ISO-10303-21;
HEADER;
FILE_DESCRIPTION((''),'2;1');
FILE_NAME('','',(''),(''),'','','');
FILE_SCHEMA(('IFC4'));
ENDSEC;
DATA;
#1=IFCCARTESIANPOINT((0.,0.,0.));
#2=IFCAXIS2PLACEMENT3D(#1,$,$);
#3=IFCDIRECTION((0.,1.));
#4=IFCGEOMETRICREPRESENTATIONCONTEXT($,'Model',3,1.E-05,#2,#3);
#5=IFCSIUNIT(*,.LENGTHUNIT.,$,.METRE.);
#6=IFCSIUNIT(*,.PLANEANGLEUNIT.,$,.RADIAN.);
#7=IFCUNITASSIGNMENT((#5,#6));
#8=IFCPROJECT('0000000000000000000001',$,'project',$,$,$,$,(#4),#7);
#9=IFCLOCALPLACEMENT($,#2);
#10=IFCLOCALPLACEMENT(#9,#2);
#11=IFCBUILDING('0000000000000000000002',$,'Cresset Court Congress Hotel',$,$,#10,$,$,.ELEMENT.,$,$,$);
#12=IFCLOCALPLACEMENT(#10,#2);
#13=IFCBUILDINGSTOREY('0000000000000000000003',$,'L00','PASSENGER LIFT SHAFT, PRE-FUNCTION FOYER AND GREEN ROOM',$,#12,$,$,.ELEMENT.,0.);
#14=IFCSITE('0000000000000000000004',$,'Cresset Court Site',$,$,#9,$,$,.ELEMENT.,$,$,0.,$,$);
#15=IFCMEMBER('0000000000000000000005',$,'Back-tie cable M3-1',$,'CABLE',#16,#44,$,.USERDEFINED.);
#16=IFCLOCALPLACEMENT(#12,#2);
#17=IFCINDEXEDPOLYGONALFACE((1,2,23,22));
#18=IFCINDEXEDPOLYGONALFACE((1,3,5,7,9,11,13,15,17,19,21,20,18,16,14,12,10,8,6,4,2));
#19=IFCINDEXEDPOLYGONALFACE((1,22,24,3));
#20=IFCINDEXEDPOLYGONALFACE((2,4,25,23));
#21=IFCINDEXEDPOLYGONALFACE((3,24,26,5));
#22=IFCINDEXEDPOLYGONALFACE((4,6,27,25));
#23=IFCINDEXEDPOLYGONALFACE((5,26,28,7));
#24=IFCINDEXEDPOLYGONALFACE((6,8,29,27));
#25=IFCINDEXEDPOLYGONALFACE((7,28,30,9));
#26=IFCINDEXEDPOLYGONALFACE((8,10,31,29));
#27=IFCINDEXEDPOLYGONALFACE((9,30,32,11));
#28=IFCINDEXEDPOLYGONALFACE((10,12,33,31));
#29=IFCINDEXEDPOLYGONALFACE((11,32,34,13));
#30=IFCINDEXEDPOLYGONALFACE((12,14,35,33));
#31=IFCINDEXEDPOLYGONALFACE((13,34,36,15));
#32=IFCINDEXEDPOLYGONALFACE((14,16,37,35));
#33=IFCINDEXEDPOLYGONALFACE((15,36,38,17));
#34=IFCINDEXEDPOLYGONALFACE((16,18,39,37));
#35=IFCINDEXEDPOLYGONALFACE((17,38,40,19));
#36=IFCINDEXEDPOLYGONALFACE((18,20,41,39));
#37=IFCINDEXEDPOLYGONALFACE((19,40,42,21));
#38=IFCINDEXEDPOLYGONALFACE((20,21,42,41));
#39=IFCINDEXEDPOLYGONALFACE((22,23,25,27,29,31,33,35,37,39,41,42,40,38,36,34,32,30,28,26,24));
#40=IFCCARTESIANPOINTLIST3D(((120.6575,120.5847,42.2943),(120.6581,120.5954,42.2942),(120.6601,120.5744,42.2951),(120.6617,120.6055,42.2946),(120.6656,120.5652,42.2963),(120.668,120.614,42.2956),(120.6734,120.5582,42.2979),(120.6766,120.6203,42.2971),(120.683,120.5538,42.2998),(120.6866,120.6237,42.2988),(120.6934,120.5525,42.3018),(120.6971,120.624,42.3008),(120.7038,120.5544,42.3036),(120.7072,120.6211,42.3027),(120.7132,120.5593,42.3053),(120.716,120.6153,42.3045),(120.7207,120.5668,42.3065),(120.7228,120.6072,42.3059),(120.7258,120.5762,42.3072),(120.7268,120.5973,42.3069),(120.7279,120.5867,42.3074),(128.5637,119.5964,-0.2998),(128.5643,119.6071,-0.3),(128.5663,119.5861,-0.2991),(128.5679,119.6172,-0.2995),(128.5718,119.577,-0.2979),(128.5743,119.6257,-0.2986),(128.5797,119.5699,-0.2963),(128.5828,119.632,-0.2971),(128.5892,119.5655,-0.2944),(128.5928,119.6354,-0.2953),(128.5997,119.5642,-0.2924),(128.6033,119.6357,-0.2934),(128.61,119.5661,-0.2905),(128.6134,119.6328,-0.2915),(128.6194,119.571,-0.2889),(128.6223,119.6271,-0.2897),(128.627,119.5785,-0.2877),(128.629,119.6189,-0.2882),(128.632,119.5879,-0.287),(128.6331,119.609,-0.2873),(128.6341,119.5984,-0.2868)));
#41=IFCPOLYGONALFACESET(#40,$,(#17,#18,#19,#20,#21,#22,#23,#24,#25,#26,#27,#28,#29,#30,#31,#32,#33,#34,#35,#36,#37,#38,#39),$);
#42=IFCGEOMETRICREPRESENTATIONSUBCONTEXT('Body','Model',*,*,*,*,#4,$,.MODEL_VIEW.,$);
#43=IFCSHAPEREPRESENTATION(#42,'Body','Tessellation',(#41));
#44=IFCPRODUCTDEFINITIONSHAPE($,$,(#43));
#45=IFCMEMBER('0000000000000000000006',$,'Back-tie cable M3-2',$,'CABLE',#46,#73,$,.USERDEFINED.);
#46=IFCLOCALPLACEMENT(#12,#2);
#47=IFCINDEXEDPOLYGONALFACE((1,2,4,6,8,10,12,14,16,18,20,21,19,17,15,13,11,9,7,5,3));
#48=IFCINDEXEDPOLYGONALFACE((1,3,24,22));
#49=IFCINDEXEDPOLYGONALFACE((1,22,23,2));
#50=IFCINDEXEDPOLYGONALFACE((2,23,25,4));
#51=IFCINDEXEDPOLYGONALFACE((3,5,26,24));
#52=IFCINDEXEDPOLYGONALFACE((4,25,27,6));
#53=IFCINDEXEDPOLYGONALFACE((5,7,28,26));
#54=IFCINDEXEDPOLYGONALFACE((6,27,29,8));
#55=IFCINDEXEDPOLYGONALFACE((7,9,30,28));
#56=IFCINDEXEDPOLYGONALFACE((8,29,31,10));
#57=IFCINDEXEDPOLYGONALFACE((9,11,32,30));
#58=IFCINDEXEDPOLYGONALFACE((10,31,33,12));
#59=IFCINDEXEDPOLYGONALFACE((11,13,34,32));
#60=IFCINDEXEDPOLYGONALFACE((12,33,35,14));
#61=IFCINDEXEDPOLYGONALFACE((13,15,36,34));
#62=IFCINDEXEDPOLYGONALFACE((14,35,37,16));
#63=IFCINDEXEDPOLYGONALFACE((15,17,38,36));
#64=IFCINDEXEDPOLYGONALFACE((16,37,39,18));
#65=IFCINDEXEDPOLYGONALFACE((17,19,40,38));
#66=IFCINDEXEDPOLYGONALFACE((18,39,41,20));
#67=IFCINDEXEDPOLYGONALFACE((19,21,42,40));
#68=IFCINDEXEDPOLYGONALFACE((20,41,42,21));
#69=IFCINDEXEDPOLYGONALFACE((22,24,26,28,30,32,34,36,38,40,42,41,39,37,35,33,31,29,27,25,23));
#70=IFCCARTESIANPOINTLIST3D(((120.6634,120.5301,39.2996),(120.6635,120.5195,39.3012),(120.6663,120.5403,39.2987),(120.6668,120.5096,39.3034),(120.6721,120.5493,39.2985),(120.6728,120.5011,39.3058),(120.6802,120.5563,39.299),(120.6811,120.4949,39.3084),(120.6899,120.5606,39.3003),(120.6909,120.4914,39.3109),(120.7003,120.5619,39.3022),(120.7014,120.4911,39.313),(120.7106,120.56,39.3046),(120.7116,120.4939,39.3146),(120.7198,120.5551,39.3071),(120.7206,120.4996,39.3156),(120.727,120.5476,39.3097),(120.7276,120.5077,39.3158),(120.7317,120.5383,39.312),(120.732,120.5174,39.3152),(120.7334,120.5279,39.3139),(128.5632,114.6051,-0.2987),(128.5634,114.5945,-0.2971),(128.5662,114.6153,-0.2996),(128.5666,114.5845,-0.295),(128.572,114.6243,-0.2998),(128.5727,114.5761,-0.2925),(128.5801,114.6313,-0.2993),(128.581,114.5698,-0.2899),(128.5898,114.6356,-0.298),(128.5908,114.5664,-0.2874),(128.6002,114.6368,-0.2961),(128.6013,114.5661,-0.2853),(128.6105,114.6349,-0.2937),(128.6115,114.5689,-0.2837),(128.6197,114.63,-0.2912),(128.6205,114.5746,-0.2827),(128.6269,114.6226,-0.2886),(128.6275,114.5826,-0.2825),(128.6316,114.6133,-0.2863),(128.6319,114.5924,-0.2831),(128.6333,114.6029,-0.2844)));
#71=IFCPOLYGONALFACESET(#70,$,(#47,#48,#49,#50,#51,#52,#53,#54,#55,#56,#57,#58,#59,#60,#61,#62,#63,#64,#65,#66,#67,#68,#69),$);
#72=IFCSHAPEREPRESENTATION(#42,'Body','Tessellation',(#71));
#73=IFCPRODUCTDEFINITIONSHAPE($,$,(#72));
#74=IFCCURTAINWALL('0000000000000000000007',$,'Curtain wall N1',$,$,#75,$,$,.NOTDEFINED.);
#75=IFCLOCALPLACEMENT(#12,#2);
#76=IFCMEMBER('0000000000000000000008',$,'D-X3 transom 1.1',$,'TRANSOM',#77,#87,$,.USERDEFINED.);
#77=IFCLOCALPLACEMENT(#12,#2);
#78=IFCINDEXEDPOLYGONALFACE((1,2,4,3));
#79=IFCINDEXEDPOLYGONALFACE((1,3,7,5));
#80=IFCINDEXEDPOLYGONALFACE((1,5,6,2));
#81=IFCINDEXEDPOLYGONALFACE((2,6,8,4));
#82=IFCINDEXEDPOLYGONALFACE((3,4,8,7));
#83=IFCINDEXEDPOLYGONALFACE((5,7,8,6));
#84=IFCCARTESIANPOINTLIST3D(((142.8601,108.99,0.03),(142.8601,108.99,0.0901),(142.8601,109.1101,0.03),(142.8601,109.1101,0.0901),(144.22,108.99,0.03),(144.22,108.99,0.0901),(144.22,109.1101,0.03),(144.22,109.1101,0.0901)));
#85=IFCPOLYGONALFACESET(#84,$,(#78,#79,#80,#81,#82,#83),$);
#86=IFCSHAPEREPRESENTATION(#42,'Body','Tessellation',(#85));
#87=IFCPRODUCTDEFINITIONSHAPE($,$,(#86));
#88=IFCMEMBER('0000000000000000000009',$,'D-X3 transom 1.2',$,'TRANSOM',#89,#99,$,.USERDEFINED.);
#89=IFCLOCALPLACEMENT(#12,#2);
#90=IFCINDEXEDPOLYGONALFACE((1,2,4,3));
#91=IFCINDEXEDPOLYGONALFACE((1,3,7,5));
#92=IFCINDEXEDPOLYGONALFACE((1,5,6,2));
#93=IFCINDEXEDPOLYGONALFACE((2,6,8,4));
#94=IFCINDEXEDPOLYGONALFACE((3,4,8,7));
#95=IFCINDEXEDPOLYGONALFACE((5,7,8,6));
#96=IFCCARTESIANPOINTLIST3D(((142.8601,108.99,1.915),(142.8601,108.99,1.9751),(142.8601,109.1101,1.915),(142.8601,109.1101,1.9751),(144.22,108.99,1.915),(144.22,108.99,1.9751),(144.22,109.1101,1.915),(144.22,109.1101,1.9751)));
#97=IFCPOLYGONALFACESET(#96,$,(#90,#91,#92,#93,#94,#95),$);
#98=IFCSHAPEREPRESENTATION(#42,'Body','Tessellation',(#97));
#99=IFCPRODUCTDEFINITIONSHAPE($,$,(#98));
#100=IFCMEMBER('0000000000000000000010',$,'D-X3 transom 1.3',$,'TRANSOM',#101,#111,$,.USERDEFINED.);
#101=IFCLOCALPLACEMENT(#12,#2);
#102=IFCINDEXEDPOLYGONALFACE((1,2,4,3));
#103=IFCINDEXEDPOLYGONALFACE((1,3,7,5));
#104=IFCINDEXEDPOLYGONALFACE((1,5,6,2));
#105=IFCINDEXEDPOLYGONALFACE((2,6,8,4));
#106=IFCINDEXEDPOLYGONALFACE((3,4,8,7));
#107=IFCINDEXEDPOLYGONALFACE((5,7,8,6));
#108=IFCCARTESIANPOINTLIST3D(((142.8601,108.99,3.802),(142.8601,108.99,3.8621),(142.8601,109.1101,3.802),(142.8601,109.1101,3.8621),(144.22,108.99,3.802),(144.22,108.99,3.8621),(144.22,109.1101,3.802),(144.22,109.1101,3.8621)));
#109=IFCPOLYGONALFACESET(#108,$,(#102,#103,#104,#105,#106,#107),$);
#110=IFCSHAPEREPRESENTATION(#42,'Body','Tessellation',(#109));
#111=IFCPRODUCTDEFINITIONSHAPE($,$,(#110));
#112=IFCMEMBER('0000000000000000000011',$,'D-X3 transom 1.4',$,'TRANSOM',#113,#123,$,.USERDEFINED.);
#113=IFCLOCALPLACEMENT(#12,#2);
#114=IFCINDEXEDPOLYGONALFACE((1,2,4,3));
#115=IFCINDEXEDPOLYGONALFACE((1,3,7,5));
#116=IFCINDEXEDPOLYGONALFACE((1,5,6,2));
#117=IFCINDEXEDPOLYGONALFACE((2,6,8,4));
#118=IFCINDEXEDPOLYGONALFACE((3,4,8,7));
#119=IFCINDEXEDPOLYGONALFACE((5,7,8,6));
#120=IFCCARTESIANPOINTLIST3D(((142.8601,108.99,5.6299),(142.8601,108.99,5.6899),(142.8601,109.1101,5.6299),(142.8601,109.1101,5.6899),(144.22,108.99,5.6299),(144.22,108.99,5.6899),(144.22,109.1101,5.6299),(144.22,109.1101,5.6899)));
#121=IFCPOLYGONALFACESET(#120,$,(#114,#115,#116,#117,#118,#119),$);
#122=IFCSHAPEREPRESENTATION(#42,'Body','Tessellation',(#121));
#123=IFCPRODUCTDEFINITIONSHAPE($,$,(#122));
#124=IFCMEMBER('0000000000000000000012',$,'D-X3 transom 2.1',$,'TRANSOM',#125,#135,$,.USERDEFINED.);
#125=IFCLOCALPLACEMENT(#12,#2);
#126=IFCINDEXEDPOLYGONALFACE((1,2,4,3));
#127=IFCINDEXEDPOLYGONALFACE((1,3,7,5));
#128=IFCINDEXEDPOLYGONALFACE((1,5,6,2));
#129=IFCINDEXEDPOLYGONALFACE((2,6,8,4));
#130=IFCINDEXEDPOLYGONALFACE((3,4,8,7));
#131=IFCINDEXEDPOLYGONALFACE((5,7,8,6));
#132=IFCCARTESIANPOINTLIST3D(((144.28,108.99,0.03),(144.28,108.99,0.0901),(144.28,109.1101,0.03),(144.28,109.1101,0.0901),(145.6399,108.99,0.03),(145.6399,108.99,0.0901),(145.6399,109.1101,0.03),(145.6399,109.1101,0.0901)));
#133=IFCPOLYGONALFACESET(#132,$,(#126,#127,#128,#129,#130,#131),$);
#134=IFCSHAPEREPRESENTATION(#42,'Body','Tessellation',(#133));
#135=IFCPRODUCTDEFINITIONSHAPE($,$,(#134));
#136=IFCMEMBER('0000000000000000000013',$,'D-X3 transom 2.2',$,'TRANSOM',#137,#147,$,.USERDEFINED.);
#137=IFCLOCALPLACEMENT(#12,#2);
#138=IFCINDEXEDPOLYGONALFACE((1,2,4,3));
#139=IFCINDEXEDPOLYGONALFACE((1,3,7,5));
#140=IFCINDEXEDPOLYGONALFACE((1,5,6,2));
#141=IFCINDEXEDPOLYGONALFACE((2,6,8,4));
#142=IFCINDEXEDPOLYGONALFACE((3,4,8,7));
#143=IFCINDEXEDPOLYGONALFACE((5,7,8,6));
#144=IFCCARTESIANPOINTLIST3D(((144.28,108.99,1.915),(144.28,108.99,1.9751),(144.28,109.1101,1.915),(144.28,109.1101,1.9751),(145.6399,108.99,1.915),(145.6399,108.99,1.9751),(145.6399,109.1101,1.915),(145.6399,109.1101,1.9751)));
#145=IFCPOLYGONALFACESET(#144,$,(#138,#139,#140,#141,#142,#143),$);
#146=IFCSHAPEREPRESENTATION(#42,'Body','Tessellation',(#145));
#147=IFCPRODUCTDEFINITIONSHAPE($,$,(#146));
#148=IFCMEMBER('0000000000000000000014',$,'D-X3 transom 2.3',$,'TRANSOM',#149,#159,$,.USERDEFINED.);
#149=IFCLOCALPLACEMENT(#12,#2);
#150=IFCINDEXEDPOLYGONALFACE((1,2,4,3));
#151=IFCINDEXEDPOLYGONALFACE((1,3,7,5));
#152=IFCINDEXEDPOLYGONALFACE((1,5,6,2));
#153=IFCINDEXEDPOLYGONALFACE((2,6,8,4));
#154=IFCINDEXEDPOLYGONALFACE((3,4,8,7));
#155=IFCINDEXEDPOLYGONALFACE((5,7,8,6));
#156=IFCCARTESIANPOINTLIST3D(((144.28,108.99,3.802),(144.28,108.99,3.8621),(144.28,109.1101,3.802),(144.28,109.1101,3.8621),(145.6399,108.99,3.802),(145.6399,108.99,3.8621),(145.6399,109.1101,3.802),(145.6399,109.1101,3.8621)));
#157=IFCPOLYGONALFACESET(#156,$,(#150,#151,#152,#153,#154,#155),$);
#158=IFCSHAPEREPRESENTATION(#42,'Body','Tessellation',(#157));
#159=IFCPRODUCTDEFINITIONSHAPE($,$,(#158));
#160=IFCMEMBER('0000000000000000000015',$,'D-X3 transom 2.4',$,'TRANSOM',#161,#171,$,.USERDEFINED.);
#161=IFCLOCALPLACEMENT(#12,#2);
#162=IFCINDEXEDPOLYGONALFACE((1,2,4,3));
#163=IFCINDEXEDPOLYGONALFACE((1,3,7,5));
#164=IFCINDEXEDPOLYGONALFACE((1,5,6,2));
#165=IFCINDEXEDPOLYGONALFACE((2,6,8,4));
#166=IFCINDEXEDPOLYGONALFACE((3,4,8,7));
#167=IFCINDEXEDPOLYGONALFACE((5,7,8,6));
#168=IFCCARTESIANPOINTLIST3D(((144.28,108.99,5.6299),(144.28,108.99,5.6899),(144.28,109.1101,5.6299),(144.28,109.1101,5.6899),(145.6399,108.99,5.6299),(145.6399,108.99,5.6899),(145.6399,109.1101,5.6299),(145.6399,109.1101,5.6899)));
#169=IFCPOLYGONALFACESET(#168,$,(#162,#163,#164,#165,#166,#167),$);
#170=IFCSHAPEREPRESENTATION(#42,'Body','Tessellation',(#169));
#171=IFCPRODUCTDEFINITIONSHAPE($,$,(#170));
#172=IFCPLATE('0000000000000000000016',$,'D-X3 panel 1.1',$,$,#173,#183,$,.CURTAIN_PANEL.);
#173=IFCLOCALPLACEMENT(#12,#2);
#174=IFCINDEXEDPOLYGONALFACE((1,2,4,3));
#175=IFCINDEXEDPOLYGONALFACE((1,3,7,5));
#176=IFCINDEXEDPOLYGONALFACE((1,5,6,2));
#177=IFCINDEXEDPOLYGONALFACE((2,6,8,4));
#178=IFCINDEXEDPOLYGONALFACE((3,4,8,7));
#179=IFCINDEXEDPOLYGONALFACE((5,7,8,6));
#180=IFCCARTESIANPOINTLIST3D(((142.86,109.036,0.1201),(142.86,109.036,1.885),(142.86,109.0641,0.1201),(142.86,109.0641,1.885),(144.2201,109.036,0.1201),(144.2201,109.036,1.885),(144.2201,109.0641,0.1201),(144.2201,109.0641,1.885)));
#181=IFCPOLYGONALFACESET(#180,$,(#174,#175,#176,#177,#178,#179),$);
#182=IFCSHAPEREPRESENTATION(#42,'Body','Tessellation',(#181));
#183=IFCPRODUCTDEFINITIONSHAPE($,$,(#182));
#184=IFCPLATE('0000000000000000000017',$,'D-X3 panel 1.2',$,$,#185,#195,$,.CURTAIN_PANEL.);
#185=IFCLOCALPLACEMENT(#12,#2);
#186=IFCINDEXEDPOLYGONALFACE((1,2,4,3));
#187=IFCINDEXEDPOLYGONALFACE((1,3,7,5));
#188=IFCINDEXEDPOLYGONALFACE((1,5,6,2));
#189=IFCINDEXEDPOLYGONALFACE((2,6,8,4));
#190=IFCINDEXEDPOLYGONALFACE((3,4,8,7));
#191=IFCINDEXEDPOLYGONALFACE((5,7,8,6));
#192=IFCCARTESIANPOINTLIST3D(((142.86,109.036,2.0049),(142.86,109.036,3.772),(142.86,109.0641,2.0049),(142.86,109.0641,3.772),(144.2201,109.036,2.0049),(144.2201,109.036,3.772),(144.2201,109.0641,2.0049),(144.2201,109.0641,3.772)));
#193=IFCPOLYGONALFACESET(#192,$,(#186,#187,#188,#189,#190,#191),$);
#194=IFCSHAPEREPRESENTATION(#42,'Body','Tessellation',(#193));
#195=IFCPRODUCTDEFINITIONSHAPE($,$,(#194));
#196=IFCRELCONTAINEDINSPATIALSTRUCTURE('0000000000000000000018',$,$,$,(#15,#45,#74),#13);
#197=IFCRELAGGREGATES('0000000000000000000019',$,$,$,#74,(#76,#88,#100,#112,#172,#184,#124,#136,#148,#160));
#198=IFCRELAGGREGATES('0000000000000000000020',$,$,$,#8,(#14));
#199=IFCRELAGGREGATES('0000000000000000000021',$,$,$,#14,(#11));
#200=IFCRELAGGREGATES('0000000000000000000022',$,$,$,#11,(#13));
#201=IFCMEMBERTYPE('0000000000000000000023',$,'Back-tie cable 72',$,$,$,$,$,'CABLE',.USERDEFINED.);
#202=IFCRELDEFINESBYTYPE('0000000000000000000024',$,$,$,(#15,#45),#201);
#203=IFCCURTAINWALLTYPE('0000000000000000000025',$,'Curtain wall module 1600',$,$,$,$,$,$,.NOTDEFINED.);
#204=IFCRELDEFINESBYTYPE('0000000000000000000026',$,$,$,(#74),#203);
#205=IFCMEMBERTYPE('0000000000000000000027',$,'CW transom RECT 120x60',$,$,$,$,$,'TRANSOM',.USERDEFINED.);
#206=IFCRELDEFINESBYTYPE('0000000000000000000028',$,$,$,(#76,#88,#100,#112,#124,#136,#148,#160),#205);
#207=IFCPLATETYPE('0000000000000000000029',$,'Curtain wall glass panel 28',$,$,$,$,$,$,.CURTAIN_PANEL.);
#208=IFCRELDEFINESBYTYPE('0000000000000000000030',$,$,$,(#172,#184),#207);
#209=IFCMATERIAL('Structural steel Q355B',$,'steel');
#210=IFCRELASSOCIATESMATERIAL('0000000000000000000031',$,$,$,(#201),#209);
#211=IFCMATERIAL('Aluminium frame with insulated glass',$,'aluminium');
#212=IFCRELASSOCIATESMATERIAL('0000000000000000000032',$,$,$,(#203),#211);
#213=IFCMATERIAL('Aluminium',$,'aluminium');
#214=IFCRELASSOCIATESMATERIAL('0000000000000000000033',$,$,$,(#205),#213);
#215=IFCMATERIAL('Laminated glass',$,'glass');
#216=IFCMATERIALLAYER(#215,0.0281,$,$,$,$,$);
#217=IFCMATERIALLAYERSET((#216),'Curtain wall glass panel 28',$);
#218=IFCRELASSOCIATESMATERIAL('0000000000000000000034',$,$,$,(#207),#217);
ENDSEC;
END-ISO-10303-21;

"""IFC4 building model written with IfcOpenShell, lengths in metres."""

from ifc_helpers import new_model, si_unit, direction, frame, origin, origin_2d, place, context, subcontext, project, spatial, rectangle, circle, extrude, material, layer, layer_set, material_profile, profile_set, type_object, element, aggregate, save


model = new_model("IFC4")

# Units and contexts
model_context = context("Model", 3, precision=1e-05, world=origin(), true_north=direction((0.0, 1.0)))
body_context = subcontext(model_context, "Body", "Model", "MODEL_VIEW")
ifc_project = project(units=[si_unit("LENGTHUNIT", "METRE"), si_unit("PLANEANGLEUNIT", "RADIAN")], contexts=[model_context])

# Site, building, storey
site_placement = place(None, origin())
site = spatial("IfcSite", under=ifc_project, at=site_placement, Name="Cresset Court Site", CompositionType="ELEMENT", RefElevation=0.0)
building_placement = place(site_placement, origin())
building = spatial("IfcBuilding", under=site, at=building_placement, Name="Cresset Court Congress Hotel", CompositionType="ELEMENT")
storey_placement = place(building_placement, origin())
storey = spatial("IfcBuildingStorey", under=building, at=storey_placement, Name="L00", Description="PASSENGER LIFT SHAFT, PRE-FUNCTION FOYER AND GREEN ROOM", CompositionType="ELEMENT", Elevation=0.0)

# Members
ifc_material_1 = material(Name="Structural steel Q355B", Category="steel")
ifc_material_profile_1 = material_profile(ifc_material_1, circle(Radius=0.0359, at=origin_2d()), Name="CABLE72")
ifc_profile_set_1 = profile_set([ifc_material_profile_1], Name="Structural steel Q355B")
member_type_1 = type_object("IfcMemberType", Name="Back-tie cable 72", ElementType="CABLE", PredefinedType="USERDEFINED", material=ifc_profile_set_1)
member_1_placement = place(storey_placement, frame((120.6926, 120.5884, 42.3008), z_axis=(0.182453, -0.022807, -0.98295), x_axis=(0.124035, 0.992278, 0.0)))
element("IfcMember", 1, at=member_1_placement, inside=storey, type_object=member_type_1, Name="Back-tie cable M3-1", ObjectType="CABLE", PredefinedType="USERDEFINED", context=body_context, shape_type="SweptSolid", body=[
    extrude(circle(Radius=0.0359, at=origin_2d()), origin(), (0.0, 0.0, 1.0), 43.333),
])
member_2_placement = place(storey_placement, frame((120.6982, 120.5264, 39.3071), z_axis=(0.193572, -0.145182, -0.970284), x_axis=(0.600008, 0.799994, 0.0)))
element("IfcMember", 2, at=member_2_placement, inside=storey, type_object=member_type_1, Name="Back-tie cable M3-2", ObjectType="CABLE", PredefinedType="USERDEFINED", context=body_context, shape_type="SweptSolid", body=[
    extrude(circle(Radius=0.0359, at=origin_2d()), origin(), (0.0, 0.0, 1.0), 40.811),
])

# Curtain wall, members, plates
ifc_material_2 = material(Name="Aluminium frame with insulated glass", Category="aluminium")
curtain_wall_type = type_object("IfcCurtainWallType", Name="Curtain wall module 1600", PredefinedType="NOTDEFINED", material=ifc_material_2)
curtain_wall_placement = place(storey_placement, origin())
curtain_wall = element("IfcCurtainWall", 3, at=curtain_wall_placement, inside=storey, type_object=curtain_wall_type, Name="Curtain wall N1", PredefinedType="NOTDEFINED")
ifc_material_3 = material(Name="Aluminium", Category="aluminium")
ifc_material_profile_2 = material_profile(ifc_material_3, rectangle(XDim=0.1201, YDim=0.0601, at=origin_2d()), Name="AL 120x60")
ifc_profile_set_2 = profile_set([ifc_material_profile_2], Name="Aluminium")
member_type_2 = type_object("IfcMemberType", Name="CW transom RECT 120x60", ElementType="TRANSOM", PredefinedType="USERDEFINED", material=ifc_profile_set_2)
member_3_placement = place(storey_placement, frame((142.8601, 109.05, 0.0601), z_axis=(1.0, 0.0, 0.0), x_axis=(0.0, 1.0, 0.0)))
member_3 = element("IfcMember", 4, at=member_3_placement, type_object=member_type_2, Name="D-X3 transom 1.1", ObjectType="TRANSOM", PredefinedType="USERDEFINED", context=body_context, shape_type="SweptSolid", body=[
    extrude(rectangle(XDim=0.1201, YDim=0.0601, at=origin_2d()), origin(), (0.0, 0.0, 1.0), 1.3599),
])
member_4_placement = place(storey_placement, frame((142.8601, 109.05, 1.9451), z_axis=(1.0, 0.0, 0.0), x_axis=(0.0, 1.0, 0.0)))
member_4 = element("IfcMember", 5, at=member_4_placement, type_object=member_type_2, Name="D-X3 transom 1.2", ObjectType="TRANSOM", PredefinedType="USERDEFINED", context=body_context, shape_type="SweptSolid", body=[
    extrude(rectangle(XDim=0.1201, YDim=0.0601, at=origin_2d()), origin(), (0.0, 0.0, 1.0), 1.3599),
])
member_5_placement = place(storey_placement, frame((142.8601, 109.05, 3.832), z_axis=(1.0, 0.0, 0.0), x_axis=(0.0, 1.0, 0.0)))
member_5 = element("IfcMember", 6, at=member_5_placement, type_object=member_type_2, Name="D-X3 transom 1.3", ObjectType="TRANSOM", PredefinedType="USERDEFINED", context=body_context, shape_type="SweptSolid", body=[
    extrude(rectangle(XDim=0.1201, YDim=0.0601, at=origin_2d()), origin(), (0.0, 0.0, 1.0), 1.3599),
])
member_6_placement = place(storey_placement, frame((142.8601, 109.05, 5.6599), z_axis=(1.0, 0.0, 0.0), x_axis=(0.0, 1.0, 0.0)))
member_6 = element("IfcMember", 7, at=member_6_placement, type_object=member_type_2, Name="D-X3 transom 1.4", ObjectType="TRANSOM", PredefinedType="USERDEFINED", context=body_context, shape_type="SweptSolid", body=[
    extrude(rectangle(XDim=0.1201, YDim=0.0601, at=origin_2d()), origin(), (0.0, 0.0, 1.0), 1.3599),
])
member_7_placement = place(storey_placement, frame((144.28, 109.05, 0.0601), z_axis=(1.0, 0.0, 0.0), x_axis=(0.0, 1.0, 0.0)))
member_7 = element("IfcMember", 8, at=member_7_placement, type_object=member_type_2, Name="D-X3 transom 2.1", ObjectType="TRANSOM", PredefinedType="USERDEFINED", context=body_context, shape_type="SweptSolid", body=[
    extrude(rectangle(XDim=0.1201, YDim=0.0601, at=origin_2d()), origin(), (0.0, 0.0, 1.0), 1.3599),
])
member_8_placement = place(storey_placement, frame((144.28, 109.05, 1.9451), z_axis=(1.0, 0.0, 0.0), x_axis=(0.0, 1.0, 0.0)))
member_8 = element("IfcMember", 9, at=member_8_placement, type_object=member_type_2, Name="D-X3 transom 2.2", ObjectType="TRANSOM", PredefinedType="USERDEFINED", context=body_context, shape_type="SweptSolid", body=[
    extrude(rectangle(XDim=0.1201, YDim=0.0601, at=origin_2d()), origin(), (0.0, 0.0, 1.0), 1.3599),
])
member_9_placement = place(storey_placement, frame((144.28, 109.05, 3.832), z_axis=(1.0, 0.0, 0.0), x_axis=(0.0, 1.0, 0.0)))
member_9 = element("IfcMember", 10, at=member_9_placement, type_object=member_type_2, Name="D-X3 transom 2.3", ObjectType="TRANSOM", PredefinedType="USERDEFINED", context=body_context, shape_type="SweptSolid", body=[
    extrude(rectangle(XDim=0.1201, YDim=0.0601, at=origin_2d()), origin(), (0.0, 0.0, 1.0), 1.3599),
])
member_10_placement = place(storey_placement, frame((144.28, 109.05, 5.6599), z_axis=(1.0, 0.0, 0.0), x_axis=(0.0, 1.0, 0.0)))
member_10 = element("IfcMember", 11, at=member_10_placement, type_object=member_type_2, Name="D-X3 transom 2.4", ObjectType="TRANSOM", PredefinedType="USERDEFINED", context=body_context, shape_type="SweptSolid", body=[
    extrude(rectangle(XDim=0.1201, YDim=0.0601, at=origin_2d()), origin(), (0.0, 0.0, 1.0), 1.3599),
])
ifc_material_4 = material(Name="Laminated glass", Category="glass")
ifc_layer = layer(ifc_material_4, 0.0281)
ifc_layer_set = layer_set([ifc_layer], Name="Curtain wall glass panel 28")
plate_type = type_object("IfcPlateType", Name="Curtain wall glass panel 28", PredefinedType="CURTAIN_PANEL", material=ifc_layer_set)
plate_1_placement = place(storey_placement, frame((143.54, 109.05, 0.1201), z_axis=(0.0, 0.0, 1.0), x_axis=(1.0, 0.0, 0.0)))
plate_1 = element("IfcPlate", 12, at=plate_1_placement, type_object=plate_type, Name="D-X3 panel 1.1", PredefinedType="CURTAIN_PANEL", context=body_context, shape_type="SweptSolid", body=[
    extrude(rectangle(XDim=1.3601, YDim=0.0281, at=origin_2d()), origin(), (0.0, 0.0, 1.0), 1.7649),
])
plate_2_placement = place(storey_placement, frame((143.54, 109.05, 2.0049), z_axis=(0.0, 0.0, 1.0), x_axis=(1.0, 0.0, 0.0)))
plate_2 = element("IfcPlate", 13, at=plate_2_placement, type_object=plate_type, Name="D-X3 panel 1.2", PredefinedType="CURTAIN_PANEL", context=body_context, shape_type="SweptSolid", body=[
    extrude(rectangle(XDim=1.3601, YDim=0.0281, at=origin_2d()), origin(), (0.0, 0.0, 1.0), 1.7671),
])
aggregate(curtain_wall, [member_3, member_4, member_5, member_6, plate_1, plate_2, member_7, member_8, member_9, member_10])

save(model, "model.ifc")
